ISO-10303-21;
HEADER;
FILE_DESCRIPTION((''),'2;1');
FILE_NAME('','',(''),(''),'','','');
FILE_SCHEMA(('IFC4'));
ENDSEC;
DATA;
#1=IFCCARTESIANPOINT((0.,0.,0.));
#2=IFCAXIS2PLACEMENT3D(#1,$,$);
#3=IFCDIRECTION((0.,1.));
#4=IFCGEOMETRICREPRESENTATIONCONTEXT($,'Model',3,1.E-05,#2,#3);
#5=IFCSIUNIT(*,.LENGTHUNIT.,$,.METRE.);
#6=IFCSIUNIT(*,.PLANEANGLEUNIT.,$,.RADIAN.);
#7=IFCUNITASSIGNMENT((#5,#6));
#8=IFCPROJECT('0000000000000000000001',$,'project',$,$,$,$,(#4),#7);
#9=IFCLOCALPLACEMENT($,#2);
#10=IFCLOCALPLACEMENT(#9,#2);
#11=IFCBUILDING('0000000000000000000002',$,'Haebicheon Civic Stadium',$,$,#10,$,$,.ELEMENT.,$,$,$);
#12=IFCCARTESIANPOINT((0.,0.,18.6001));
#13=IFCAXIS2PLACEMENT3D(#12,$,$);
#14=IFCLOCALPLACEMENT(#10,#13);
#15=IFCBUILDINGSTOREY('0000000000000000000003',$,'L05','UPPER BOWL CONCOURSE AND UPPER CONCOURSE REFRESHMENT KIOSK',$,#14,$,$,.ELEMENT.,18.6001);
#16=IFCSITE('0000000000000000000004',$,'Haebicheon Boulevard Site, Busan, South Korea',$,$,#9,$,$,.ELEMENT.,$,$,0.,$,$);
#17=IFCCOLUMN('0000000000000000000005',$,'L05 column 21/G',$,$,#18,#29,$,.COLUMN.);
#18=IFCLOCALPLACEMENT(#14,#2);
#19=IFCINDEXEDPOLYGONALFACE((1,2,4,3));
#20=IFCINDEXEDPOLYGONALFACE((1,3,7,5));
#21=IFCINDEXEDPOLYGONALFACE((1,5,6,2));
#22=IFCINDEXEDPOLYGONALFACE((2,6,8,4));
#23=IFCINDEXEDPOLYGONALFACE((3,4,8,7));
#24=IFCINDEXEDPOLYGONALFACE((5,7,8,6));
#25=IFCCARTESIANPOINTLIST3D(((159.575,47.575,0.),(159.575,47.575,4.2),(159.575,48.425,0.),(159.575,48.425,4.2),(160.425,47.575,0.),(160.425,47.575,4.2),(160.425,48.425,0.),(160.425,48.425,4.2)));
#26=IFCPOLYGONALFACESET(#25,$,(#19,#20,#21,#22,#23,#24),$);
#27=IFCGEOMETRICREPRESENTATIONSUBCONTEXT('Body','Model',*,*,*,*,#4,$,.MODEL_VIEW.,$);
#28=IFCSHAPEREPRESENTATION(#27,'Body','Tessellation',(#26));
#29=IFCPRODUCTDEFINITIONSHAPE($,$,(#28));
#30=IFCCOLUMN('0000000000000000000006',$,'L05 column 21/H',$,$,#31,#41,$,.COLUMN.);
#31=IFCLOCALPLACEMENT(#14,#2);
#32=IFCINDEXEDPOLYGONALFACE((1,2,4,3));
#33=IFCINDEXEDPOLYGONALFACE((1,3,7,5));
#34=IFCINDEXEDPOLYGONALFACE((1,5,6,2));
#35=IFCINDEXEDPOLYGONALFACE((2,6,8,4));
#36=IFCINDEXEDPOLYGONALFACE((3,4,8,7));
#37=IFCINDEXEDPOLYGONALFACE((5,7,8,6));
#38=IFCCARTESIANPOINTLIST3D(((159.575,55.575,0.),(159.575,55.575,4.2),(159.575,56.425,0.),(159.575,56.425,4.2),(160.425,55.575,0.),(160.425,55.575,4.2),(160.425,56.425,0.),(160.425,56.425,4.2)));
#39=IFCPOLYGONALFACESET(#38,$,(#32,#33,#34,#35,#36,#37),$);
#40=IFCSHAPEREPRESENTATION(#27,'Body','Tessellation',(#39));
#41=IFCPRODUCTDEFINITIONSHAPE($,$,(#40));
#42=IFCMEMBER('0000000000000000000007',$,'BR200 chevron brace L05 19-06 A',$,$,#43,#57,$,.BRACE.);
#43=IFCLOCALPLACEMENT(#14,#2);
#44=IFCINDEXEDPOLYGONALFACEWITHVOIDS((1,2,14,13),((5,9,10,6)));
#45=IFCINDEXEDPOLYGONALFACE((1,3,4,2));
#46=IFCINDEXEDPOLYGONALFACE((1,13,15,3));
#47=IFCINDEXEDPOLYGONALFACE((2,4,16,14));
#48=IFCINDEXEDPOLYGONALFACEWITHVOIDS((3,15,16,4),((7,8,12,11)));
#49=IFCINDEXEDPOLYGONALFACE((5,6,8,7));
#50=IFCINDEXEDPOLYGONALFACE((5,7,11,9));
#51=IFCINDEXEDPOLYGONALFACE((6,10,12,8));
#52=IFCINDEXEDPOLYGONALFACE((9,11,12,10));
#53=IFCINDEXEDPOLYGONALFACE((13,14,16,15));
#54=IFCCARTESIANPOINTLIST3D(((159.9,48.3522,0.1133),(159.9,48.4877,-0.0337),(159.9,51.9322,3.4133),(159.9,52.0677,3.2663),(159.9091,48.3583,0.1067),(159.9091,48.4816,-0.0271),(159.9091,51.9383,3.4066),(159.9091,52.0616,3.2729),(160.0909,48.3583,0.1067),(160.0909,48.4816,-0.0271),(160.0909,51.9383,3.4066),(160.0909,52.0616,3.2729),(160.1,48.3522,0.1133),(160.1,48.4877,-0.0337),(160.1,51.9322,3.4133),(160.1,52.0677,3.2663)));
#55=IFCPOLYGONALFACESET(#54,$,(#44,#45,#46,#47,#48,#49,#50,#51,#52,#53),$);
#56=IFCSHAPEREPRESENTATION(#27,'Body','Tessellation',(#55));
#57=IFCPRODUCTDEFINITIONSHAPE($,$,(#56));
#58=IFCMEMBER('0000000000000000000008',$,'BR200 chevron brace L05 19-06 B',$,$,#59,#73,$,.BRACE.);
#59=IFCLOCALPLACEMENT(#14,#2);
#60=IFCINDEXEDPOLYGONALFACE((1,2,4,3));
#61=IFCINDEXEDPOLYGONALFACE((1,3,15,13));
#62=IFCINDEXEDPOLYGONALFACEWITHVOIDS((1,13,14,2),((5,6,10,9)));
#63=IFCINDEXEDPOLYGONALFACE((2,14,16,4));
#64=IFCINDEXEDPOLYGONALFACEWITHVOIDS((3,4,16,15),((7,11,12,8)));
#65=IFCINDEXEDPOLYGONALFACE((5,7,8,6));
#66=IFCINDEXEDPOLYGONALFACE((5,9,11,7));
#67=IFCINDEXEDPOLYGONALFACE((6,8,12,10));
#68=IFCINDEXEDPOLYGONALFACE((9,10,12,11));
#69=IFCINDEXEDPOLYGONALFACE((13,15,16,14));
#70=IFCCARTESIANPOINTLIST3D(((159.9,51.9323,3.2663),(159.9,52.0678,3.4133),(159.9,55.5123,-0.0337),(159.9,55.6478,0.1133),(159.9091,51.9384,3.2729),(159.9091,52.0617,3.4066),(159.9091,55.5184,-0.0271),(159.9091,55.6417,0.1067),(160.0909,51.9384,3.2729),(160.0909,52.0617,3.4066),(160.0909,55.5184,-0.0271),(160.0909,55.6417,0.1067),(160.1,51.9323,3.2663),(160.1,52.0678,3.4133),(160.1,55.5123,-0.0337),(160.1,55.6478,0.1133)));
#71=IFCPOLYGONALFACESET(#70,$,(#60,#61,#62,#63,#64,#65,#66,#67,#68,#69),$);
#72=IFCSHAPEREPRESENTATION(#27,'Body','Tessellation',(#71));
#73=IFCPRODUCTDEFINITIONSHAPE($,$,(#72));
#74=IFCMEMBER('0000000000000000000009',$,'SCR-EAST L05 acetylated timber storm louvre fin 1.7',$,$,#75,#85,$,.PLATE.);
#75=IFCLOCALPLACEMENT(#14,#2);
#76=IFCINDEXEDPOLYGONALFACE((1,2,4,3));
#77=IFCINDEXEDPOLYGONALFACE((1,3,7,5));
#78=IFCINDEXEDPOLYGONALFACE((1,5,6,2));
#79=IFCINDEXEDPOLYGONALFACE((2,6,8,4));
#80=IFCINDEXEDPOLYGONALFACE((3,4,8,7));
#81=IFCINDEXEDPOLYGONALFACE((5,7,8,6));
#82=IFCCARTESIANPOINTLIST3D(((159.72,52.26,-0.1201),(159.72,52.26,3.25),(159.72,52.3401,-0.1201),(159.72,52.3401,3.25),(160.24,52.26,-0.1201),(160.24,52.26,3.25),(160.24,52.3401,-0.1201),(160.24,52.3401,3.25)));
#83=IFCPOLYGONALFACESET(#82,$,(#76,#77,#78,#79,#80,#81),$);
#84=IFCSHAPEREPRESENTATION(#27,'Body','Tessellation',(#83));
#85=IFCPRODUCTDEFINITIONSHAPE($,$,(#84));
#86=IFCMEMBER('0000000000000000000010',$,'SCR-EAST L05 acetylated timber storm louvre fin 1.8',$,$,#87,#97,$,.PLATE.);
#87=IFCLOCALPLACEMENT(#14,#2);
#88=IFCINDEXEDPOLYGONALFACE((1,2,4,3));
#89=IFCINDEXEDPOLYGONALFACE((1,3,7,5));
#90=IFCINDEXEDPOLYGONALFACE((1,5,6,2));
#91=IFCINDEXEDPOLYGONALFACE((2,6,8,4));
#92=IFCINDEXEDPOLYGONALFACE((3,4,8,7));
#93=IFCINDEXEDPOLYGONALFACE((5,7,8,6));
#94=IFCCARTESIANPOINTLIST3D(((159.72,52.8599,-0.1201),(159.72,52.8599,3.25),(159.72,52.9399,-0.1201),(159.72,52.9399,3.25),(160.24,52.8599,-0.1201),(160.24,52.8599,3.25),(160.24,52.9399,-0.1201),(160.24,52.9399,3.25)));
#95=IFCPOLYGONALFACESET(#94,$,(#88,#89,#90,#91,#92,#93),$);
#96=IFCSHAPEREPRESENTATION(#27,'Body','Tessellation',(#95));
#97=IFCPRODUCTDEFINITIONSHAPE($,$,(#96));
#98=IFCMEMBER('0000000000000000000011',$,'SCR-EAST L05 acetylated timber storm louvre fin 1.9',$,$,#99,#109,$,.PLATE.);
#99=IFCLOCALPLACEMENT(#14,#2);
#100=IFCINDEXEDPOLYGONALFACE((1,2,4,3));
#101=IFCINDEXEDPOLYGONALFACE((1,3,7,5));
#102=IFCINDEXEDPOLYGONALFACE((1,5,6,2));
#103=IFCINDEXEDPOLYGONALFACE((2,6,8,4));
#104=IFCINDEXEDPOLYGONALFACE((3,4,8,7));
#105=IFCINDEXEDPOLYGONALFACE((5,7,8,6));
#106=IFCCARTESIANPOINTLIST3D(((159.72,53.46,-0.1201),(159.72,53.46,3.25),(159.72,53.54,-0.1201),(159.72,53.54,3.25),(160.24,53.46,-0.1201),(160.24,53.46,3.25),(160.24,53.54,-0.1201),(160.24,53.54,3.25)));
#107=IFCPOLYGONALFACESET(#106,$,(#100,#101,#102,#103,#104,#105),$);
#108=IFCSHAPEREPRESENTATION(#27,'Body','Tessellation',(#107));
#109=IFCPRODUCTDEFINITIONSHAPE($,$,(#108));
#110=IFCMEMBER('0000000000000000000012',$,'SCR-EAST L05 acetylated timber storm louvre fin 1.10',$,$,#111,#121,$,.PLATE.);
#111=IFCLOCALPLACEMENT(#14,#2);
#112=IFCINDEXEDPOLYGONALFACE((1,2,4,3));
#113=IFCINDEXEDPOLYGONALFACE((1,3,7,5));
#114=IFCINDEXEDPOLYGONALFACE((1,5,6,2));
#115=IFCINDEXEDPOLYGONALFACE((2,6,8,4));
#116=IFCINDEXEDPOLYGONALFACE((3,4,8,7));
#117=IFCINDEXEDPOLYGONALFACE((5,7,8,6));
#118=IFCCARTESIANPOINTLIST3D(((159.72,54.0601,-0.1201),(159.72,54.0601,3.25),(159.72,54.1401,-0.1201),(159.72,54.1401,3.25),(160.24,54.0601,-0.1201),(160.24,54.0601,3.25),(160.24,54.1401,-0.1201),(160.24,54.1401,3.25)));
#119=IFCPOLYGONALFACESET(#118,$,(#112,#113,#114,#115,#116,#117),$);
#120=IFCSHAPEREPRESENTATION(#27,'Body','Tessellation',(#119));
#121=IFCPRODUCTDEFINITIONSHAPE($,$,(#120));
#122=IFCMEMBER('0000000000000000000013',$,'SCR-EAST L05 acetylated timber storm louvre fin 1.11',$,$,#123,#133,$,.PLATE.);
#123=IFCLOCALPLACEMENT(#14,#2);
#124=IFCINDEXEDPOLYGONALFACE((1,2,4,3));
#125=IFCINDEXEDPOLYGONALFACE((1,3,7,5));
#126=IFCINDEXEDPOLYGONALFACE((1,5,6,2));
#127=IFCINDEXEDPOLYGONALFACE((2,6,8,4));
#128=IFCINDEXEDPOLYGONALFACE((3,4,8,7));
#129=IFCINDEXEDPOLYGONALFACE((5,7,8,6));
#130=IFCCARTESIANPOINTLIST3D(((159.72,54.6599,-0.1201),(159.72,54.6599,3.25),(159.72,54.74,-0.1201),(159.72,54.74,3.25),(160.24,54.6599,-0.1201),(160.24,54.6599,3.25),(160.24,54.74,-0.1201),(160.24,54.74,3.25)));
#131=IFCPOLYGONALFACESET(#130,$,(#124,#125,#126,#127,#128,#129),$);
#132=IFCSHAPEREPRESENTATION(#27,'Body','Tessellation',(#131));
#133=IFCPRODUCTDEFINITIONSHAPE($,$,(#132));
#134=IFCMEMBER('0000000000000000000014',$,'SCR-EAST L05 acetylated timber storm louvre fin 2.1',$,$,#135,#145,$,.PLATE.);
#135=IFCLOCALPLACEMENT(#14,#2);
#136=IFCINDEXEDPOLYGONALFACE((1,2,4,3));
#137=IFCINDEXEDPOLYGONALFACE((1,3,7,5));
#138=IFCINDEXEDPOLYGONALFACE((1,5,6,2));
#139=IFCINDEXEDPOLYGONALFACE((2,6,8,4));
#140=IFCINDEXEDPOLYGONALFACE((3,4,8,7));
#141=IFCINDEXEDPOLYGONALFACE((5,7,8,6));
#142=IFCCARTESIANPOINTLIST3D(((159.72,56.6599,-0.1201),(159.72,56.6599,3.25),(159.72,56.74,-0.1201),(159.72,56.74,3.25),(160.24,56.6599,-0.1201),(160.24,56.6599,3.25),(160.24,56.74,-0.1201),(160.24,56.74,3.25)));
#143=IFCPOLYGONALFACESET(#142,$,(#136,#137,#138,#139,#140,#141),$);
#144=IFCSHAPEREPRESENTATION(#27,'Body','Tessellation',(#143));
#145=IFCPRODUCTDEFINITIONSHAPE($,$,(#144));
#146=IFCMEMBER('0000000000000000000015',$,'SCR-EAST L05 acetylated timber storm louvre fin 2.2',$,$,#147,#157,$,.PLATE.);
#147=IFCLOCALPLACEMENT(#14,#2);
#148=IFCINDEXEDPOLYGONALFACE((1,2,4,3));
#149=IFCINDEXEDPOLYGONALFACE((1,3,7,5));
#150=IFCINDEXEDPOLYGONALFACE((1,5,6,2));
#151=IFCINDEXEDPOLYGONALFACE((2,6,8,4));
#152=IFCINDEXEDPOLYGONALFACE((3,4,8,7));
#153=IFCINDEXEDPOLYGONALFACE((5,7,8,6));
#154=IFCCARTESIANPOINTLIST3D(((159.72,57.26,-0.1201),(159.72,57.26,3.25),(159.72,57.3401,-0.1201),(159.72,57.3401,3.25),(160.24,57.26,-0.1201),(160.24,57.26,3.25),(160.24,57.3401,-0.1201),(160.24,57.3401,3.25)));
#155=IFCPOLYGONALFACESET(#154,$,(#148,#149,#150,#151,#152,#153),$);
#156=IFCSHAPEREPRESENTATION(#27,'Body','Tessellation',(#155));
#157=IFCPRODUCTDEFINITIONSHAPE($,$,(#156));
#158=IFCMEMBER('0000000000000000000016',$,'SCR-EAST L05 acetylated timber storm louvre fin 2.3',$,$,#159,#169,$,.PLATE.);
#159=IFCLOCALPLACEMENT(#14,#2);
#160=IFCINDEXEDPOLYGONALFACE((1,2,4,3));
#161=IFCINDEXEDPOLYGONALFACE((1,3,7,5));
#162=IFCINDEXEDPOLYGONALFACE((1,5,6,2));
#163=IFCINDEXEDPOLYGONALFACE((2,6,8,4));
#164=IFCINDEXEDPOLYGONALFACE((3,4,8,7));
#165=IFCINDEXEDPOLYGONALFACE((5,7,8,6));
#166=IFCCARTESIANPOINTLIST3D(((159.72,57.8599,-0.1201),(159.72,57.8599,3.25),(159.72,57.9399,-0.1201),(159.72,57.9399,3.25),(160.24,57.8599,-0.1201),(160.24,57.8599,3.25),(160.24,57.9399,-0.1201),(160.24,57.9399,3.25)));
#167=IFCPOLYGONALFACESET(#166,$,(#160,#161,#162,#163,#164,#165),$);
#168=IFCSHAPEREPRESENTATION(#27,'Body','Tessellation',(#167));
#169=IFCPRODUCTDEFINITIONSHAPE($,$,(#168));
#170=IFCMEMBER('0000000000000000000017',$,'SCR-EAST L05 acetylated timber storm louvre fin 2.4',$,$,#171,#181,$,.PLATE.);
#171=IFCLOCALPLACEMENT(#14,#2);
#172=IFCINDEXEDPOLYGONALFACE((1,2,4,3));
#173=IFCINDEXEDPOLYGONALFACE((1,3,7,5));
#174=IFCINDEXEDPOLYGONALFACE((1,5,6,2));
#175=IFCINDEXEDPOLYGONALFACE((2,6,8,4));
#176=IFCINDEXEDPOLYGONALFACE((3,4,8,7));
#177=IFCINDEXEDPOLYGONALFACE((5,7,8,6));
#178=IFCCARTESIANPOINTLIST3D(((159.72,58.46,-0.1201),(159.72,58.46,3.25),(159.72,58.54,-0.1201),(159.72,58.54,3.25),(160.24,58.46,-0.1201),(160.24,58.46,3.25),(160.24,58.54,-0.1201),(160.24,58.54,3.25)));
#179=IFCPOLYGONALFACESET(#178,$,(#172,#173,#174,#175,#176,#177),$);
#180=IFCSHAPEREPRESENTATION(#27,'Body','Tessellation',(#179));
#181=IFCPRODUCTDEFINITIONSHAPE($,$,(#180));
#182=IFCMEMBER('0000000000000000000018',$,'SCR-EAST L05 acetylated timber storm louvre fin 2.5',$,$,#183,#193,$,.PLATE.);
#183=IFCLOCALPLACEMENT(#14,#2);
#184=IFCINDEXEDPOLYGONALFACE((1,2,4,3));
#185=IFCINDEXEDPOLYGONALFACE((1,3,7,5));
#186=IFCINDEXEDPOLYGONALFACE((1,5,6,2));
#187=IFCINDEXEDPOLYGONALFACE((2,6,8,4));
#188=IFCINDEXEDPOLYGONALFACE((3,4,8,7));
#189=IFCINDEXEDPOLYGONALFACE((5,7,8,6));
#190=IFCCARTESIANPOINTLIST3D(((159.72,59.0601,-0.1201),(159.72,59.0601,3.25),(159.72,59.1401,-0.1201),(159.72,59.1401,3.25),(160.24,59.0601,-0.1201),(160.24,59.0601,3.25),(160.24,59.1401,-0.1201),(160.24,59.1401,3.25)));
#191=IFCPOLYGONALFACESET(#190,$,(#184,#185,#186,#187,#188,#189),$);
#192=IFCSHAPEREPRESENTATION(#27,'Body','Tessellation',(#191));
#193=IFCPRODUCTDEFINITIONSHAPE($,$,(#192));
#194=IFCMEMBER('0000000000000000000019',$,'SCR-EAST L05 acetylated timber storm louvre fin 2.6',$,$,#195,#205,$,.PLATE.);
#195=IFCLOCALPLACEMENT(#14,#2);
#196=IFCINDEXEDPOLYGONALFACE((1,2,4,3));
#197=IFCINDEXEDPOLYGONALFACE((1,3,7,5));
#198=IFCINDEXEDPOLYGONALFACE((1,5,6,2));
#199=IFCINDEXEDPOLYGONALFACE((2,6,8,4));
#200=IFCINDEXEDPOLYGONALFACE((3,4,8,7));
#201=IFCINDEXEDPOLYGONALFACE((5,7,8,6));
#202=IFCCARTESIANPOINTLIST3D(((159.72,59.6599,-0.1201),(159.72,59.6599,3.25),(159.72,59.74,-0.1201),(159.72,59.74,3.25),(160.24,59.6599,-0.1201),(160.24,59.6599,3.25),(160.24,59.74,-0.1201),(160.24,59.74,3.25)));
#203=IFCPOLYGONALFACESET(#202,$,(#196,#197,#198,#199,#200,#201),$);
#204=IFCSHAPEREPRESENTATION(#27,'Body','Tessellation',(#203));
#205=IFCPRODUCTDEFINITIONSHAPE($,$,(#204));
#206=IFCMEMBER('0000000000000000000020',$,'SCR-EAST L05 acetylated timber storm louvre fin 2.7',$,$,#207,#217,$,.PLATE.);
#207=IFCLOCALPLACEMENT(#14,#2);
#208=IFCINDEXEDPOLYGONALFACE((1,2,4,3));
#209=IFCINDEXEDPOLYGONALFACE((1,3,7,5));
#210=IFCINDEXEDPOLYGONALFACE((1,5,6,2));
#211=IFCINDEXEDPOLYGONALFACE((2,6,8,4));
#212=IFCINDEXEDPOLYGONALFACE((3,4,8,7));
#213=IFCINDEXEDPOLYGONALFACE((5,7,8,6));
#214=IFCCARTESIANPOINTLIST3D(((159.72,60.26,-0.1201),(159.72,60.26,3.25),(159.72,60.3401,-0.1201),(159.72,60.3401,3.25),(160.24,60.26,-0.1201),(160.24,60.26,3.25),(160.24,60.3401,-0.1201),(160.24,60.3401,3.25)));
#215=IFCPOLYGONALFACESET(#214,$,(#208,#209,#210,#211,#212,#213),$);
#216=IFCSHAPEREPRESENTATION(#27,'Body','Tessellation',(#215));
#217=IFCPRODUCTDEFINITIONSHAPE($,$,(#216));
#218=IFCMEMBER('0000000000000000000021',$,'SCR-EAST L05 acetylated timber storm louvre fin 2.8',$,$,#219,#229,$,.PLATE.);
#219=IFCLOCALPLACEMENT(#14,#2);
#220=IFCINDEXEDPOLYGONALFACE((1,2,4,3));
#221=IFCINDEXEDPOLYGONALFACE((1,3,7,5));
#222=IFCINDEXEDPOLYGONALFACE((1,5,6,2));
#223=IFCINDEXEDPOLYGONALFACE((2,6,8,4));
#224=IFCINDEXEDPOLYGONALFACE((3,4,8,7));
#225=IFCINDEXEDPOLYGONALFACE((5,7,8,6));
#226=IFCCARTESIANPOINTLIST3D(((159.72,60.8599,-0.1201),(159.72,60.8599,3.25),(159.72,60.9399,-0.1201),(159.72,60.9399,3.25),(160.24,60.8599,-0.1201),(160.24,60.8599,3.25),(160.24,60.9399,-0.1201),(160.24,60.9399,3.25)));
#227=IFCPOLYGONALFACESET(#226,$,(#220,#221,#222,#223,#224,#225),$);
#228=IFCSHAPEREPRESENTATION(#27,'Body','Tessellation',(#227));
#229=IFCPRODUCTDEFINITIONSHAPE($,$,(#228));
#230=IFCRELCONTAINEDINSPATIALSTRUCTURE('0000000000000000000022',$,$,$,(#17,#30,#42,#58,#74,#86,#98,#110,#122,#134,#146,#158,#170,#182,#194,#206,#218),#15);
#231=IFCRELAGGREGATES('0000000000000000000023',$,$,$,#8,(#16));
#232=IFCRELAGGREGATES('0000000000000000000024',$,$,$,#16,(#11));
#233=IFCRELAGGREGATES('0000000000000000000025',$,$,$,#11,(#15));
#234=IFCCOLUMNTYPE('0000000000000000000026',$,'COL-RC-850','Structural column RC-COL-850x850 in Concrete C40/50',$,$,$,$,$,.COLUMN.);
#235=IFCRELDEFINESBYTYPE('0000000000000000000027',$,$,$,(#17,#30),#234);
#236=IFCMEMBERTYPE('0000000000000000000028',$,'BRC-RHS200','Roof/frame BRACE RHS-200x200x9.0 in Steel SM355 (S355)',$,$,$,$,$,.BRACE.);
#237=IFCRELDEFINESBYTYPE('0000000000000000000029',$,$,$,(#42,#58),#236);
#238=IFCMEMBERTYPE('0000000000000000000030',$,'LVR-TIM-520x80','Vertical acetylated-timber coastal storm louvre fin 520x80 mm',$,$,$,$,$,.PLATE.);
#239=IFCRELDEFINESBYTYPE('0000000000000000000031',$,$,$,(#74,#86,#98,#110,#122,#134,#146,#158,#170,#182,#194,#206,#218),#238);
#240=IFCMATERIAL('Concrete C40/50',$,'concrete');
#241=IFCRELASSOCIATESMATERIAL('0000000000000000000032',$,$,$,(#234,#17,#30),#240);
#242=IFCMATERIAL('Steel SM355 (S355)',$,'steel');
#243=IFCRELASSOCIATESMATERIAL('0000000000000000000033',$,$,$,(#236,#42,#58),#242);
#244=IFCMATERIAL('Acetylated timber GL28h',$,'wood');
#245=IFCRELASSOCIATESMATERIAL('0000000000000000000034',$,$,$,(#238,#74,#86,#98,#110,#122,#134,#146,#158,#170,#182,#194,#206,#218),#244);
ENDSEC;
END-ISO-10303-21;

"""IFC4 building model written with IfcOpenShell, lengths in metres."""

from ifc_helpers import new_model, si_unit, direction, frame, origin, origin_2d, place, context, subcontext, project, spatial, rectangle, hollow_rectangle, extrude, material, material_profile, profile_set, type_object, element, save


model = new_model("IFC4")

# Units and contexts
model_context = context("Model", 3, precision=1e-05, world=origin(), true_north=direction((0.0, 1.0)))
body_context = subcontext(model_context, "Body", "Model", "MODEL_VIEW")
ifc_project = project(units=[si_unit("LENGTHUNIT", "METRE"), si_unit("PLANEANGLEUNIT", "RADIAN")], contexts=[model_context])

# Site, building, storey
site_placement = place(None, origin())
site = spatial("IfcSite", under=ifc_project, at=site_placement, Name="Haebicheon Boulevard Site, Busan, South Korea", CompositionType="ELEMENT", RefElevation=0.0)
building_placement = place(site_placement, origin())
building = spatial("IfcBuilding", under=site, at=building_placement, Name="Haebicheon Civic Stadium", CompositionType="ELEMENT")
storey_placement = place(building_placement, frame((0.0, 0.0, 18.6001)))
storey = spatial("IfcBuildingStorey", under=building, at=storey_placement, Name="L05", Description="UPPER BOWL CONCOURSE AND UPPER CONCOURSE REFRESHMENT KIOSK", CompositionType="ELEMENT", Elevation=18.6001)

# Columns
ifc_material_1 = material(Name="Concrete C40/50", Category="concrete")
ifc_material_profile_1 = material_profile(ifc_material_1, rectangle(XDim=0.8501, YDim=0.8501, at=origin_2d()), Name="RC-COL-850x850")
ifc_profile_set_1 = profile_set([ifc_material_profile_1], Name="Concrete C40/50")
column_type = type_object("IfcColumnType", Name="COL-RC-850", Description="Structural column RC-COL-850x850 in Concrete C40/50", PredefinedType="COLUMN", material=ifc_profile_set_1)
for number, where, z_axis, x_axis, name in (
    (1, (160.0, 48.0, 0.0), (0.0, 0.0, 1.0), (1.0, 0.0, 0.0), "L05 column 21/G"),
    (2, (160.0, 56.0, 0.0), (0.0, 0.0, 1.0), (1.0, 0.0, 0.0), "L05 column 21/H"),
):
    element("IfcColumn", number, at=place(storey_placement, frame(where, z_axis=z_axis, x_axis=x_axis)), inside=storey, type_object=column_type, material=ifc_profile_set_1, Name=name, PredefinedType="COLUMN", context=body_context, shape_type="SweptSolid", body=[
        extrude(rectangle(XDim=0.8501, YDim=0.8501, at=origin_2d()), origin(), (0.0, 0.0, 1.0), 4.2),
    ])

# Members
ifc_material_2 = material(Name="Steel SM355 (S355)", Category="steel")
ifc_material_profile_2 = material_profile(ifc_material_2, hollow_rectangle(XDim=0.2, YDim=0.2, WallThickness=0.009, at=origin_2d()), Name="RHS-200x200x9.0")
ifc_profile_set_2 = profile_set([ifc_material_profile_2], Name="Steel SM355 (S355)")
member_type_1 = type_object("IfcMemberType", Name="BRC-RHS200", Description="Roof/frame BRACE RHS-200x200x9.0 in Steel SM355 (S355)", PredefinedType="BRACE", material=ifc_profile_set_2)
for number, where, z_axis, x_axis, name in (
    (3, (160.0, 48.4199, 0.0398), (0.0, 0.735278, 0.677766), (-1.0, 0.0, 0.0), "BR200 chevron brace L05 19-06 A"),
    (4, (160.0, 55.5801, 0.0398), (0.0, -0.735278, 0.677766), (1.0, 0.0, 0.0), "BR200 chevron brace L05 19-06 B"),
):
    element("IfcMember", number, at=place(storey_placement, frame(where, z_axis=z_axis, x_axis=x_axis)), inside=storey, type_object=member_type_1, material=ifc_profile_set_2, Name=name, PredefinedType="BRACE", context=body_context, shape_type="SweptSolid", body=[
        extrude(hollow_rectangle(XDim=0.2, YDim=0.2, WallThickness=0.009, at=origin_2d()), origin(), (0.0, 0.0, 1.0), 4.8689),
    ])
ifc_material_3 = material(Name="Acetylated timber GL28h", Category="wood")
ifc_material_profile_3 = material_profile(ifc_material_3, rectangle(XDim=0.0801, YDim=0.52, at=origin_2d()), Name="TMB-LOUV-80x520")
ifc_profile_set_3 = profile_set([ifc_material_profile_3], Name="Acetylated timber GL28h")
member_type_2 = type_object("IfcMemberType", Name="LVR-TIM-520x80", Description="Vertical acetylated-timber coastal storm louvre fin 520x80 mm", PredefinedType="PLATE", material=ifc_profile_set_3)
for number, where, z_axis, x_axis, name in (
    (5, (159.98, 52.3, -0.1201), (0.0, 0.0, 1.0), (0.0, 1.0, 0.0), "SCR-EAST L05 acetylated timber storm louvre fin 1.7"),
    (6, (159.98, 52.8999, -0.1201), (0.0, 0.0, 1.0), (0.0, 1.0, 0.0), "SCR-EAST L05 acetylated timber storm louvre fin 1.8"),
    (7, (159.98, 53.5, -0.1201), (0.0, 0.0, 1.0), (0.0, 1.0, 0.0), "SCR-EAST L05 acetylated timber storm louvre fin 1.9"),
    (8, (159.98, 54.1001, -0.1201), (0.0, 0.0, 1.0), (0.0, 1.0, 0.0), "SCR-EAST L05 acetylated timber storm louvre fin 1.10"),
    (9, (159.98, 54.7, -0.1201), (0.0, 0.0, 1.0), (0.0, 1.0, 0.0), "SCR-EAST L05 acetylated timber storm louvre fin 1.11"),
    (10, (159.98, 56.7, -0.1201), (0.0, 0.0, 1.0), (0.0, 1.0, 0.0), "SCR-EAST L05 acetylated timber storm louvre fin 2.1"),
    (11, (159.98, 57.3, -0.1201), (0.0, 0.0, 1.0), (0.0, 1.0, 0.0), "SCR-EAST L05 acetylated timber storm louvre fin 2.2"),
    (12, (159.98, 57.8999, -0.1201), (0.0, 0.0, 1.0), (0.0, 1.0, 0.0), "SCR-EAST L05 acetylated timber storm louvre fin 2.3"),
    (13, (159.98, 58.5, -0.1201), (0.0, 0.0, 1.0), (0.0, 1.0, 0.0), "SCR-EAST L05 acetylated timber storm louvre fin 2.4"),
    (14, (159.98, 59.1001, -0.1201), (0.0, 0.0, 1.0), (0.0, 1.0, 0.0), "SCR-EAST L05 acetylated timber storm louvre fin 2.5"),
    (15, (159.98, 59.7, -0.1201), (0.0, 0.0, 1.0), (0.0, 1.0, 0.0), "SCR-EAST L05 acetylated timber storm louvre fin 2.6"),
    (16, (159.98, 60.3, -0.1201), (0.0, 0.0, 1.0), (0.0, 1.0, 0.0), "SCR-EAST L05 acetylated timber storm louvre fin 2.7"),
    (17, (159.98, 60.8999, -0.1201), (0.0, 0.0, 1.0), (0.0, 1.0, 0.0), "SCR-EAST L05 acetylated timber storm louvre fin 2.8"),
):
    element("IfcMember", number, at=place(storey_placement, frame(where, z_axis=z_axis, x_axis=x_axis)), inside=storey, type_object=member_type_2, material=ifc_profile_set_3, Name=name, PredefinedType="PLATE", context=body_context, shape_type="SweptSolid", body=[
        extrude(rectangle(XDim=0.0801, YDim=0.52, at=origin_2d()), origin(), (0.0, 0.0, 1.0), 3.3701),
    ])

save(model, "model.ifc")
